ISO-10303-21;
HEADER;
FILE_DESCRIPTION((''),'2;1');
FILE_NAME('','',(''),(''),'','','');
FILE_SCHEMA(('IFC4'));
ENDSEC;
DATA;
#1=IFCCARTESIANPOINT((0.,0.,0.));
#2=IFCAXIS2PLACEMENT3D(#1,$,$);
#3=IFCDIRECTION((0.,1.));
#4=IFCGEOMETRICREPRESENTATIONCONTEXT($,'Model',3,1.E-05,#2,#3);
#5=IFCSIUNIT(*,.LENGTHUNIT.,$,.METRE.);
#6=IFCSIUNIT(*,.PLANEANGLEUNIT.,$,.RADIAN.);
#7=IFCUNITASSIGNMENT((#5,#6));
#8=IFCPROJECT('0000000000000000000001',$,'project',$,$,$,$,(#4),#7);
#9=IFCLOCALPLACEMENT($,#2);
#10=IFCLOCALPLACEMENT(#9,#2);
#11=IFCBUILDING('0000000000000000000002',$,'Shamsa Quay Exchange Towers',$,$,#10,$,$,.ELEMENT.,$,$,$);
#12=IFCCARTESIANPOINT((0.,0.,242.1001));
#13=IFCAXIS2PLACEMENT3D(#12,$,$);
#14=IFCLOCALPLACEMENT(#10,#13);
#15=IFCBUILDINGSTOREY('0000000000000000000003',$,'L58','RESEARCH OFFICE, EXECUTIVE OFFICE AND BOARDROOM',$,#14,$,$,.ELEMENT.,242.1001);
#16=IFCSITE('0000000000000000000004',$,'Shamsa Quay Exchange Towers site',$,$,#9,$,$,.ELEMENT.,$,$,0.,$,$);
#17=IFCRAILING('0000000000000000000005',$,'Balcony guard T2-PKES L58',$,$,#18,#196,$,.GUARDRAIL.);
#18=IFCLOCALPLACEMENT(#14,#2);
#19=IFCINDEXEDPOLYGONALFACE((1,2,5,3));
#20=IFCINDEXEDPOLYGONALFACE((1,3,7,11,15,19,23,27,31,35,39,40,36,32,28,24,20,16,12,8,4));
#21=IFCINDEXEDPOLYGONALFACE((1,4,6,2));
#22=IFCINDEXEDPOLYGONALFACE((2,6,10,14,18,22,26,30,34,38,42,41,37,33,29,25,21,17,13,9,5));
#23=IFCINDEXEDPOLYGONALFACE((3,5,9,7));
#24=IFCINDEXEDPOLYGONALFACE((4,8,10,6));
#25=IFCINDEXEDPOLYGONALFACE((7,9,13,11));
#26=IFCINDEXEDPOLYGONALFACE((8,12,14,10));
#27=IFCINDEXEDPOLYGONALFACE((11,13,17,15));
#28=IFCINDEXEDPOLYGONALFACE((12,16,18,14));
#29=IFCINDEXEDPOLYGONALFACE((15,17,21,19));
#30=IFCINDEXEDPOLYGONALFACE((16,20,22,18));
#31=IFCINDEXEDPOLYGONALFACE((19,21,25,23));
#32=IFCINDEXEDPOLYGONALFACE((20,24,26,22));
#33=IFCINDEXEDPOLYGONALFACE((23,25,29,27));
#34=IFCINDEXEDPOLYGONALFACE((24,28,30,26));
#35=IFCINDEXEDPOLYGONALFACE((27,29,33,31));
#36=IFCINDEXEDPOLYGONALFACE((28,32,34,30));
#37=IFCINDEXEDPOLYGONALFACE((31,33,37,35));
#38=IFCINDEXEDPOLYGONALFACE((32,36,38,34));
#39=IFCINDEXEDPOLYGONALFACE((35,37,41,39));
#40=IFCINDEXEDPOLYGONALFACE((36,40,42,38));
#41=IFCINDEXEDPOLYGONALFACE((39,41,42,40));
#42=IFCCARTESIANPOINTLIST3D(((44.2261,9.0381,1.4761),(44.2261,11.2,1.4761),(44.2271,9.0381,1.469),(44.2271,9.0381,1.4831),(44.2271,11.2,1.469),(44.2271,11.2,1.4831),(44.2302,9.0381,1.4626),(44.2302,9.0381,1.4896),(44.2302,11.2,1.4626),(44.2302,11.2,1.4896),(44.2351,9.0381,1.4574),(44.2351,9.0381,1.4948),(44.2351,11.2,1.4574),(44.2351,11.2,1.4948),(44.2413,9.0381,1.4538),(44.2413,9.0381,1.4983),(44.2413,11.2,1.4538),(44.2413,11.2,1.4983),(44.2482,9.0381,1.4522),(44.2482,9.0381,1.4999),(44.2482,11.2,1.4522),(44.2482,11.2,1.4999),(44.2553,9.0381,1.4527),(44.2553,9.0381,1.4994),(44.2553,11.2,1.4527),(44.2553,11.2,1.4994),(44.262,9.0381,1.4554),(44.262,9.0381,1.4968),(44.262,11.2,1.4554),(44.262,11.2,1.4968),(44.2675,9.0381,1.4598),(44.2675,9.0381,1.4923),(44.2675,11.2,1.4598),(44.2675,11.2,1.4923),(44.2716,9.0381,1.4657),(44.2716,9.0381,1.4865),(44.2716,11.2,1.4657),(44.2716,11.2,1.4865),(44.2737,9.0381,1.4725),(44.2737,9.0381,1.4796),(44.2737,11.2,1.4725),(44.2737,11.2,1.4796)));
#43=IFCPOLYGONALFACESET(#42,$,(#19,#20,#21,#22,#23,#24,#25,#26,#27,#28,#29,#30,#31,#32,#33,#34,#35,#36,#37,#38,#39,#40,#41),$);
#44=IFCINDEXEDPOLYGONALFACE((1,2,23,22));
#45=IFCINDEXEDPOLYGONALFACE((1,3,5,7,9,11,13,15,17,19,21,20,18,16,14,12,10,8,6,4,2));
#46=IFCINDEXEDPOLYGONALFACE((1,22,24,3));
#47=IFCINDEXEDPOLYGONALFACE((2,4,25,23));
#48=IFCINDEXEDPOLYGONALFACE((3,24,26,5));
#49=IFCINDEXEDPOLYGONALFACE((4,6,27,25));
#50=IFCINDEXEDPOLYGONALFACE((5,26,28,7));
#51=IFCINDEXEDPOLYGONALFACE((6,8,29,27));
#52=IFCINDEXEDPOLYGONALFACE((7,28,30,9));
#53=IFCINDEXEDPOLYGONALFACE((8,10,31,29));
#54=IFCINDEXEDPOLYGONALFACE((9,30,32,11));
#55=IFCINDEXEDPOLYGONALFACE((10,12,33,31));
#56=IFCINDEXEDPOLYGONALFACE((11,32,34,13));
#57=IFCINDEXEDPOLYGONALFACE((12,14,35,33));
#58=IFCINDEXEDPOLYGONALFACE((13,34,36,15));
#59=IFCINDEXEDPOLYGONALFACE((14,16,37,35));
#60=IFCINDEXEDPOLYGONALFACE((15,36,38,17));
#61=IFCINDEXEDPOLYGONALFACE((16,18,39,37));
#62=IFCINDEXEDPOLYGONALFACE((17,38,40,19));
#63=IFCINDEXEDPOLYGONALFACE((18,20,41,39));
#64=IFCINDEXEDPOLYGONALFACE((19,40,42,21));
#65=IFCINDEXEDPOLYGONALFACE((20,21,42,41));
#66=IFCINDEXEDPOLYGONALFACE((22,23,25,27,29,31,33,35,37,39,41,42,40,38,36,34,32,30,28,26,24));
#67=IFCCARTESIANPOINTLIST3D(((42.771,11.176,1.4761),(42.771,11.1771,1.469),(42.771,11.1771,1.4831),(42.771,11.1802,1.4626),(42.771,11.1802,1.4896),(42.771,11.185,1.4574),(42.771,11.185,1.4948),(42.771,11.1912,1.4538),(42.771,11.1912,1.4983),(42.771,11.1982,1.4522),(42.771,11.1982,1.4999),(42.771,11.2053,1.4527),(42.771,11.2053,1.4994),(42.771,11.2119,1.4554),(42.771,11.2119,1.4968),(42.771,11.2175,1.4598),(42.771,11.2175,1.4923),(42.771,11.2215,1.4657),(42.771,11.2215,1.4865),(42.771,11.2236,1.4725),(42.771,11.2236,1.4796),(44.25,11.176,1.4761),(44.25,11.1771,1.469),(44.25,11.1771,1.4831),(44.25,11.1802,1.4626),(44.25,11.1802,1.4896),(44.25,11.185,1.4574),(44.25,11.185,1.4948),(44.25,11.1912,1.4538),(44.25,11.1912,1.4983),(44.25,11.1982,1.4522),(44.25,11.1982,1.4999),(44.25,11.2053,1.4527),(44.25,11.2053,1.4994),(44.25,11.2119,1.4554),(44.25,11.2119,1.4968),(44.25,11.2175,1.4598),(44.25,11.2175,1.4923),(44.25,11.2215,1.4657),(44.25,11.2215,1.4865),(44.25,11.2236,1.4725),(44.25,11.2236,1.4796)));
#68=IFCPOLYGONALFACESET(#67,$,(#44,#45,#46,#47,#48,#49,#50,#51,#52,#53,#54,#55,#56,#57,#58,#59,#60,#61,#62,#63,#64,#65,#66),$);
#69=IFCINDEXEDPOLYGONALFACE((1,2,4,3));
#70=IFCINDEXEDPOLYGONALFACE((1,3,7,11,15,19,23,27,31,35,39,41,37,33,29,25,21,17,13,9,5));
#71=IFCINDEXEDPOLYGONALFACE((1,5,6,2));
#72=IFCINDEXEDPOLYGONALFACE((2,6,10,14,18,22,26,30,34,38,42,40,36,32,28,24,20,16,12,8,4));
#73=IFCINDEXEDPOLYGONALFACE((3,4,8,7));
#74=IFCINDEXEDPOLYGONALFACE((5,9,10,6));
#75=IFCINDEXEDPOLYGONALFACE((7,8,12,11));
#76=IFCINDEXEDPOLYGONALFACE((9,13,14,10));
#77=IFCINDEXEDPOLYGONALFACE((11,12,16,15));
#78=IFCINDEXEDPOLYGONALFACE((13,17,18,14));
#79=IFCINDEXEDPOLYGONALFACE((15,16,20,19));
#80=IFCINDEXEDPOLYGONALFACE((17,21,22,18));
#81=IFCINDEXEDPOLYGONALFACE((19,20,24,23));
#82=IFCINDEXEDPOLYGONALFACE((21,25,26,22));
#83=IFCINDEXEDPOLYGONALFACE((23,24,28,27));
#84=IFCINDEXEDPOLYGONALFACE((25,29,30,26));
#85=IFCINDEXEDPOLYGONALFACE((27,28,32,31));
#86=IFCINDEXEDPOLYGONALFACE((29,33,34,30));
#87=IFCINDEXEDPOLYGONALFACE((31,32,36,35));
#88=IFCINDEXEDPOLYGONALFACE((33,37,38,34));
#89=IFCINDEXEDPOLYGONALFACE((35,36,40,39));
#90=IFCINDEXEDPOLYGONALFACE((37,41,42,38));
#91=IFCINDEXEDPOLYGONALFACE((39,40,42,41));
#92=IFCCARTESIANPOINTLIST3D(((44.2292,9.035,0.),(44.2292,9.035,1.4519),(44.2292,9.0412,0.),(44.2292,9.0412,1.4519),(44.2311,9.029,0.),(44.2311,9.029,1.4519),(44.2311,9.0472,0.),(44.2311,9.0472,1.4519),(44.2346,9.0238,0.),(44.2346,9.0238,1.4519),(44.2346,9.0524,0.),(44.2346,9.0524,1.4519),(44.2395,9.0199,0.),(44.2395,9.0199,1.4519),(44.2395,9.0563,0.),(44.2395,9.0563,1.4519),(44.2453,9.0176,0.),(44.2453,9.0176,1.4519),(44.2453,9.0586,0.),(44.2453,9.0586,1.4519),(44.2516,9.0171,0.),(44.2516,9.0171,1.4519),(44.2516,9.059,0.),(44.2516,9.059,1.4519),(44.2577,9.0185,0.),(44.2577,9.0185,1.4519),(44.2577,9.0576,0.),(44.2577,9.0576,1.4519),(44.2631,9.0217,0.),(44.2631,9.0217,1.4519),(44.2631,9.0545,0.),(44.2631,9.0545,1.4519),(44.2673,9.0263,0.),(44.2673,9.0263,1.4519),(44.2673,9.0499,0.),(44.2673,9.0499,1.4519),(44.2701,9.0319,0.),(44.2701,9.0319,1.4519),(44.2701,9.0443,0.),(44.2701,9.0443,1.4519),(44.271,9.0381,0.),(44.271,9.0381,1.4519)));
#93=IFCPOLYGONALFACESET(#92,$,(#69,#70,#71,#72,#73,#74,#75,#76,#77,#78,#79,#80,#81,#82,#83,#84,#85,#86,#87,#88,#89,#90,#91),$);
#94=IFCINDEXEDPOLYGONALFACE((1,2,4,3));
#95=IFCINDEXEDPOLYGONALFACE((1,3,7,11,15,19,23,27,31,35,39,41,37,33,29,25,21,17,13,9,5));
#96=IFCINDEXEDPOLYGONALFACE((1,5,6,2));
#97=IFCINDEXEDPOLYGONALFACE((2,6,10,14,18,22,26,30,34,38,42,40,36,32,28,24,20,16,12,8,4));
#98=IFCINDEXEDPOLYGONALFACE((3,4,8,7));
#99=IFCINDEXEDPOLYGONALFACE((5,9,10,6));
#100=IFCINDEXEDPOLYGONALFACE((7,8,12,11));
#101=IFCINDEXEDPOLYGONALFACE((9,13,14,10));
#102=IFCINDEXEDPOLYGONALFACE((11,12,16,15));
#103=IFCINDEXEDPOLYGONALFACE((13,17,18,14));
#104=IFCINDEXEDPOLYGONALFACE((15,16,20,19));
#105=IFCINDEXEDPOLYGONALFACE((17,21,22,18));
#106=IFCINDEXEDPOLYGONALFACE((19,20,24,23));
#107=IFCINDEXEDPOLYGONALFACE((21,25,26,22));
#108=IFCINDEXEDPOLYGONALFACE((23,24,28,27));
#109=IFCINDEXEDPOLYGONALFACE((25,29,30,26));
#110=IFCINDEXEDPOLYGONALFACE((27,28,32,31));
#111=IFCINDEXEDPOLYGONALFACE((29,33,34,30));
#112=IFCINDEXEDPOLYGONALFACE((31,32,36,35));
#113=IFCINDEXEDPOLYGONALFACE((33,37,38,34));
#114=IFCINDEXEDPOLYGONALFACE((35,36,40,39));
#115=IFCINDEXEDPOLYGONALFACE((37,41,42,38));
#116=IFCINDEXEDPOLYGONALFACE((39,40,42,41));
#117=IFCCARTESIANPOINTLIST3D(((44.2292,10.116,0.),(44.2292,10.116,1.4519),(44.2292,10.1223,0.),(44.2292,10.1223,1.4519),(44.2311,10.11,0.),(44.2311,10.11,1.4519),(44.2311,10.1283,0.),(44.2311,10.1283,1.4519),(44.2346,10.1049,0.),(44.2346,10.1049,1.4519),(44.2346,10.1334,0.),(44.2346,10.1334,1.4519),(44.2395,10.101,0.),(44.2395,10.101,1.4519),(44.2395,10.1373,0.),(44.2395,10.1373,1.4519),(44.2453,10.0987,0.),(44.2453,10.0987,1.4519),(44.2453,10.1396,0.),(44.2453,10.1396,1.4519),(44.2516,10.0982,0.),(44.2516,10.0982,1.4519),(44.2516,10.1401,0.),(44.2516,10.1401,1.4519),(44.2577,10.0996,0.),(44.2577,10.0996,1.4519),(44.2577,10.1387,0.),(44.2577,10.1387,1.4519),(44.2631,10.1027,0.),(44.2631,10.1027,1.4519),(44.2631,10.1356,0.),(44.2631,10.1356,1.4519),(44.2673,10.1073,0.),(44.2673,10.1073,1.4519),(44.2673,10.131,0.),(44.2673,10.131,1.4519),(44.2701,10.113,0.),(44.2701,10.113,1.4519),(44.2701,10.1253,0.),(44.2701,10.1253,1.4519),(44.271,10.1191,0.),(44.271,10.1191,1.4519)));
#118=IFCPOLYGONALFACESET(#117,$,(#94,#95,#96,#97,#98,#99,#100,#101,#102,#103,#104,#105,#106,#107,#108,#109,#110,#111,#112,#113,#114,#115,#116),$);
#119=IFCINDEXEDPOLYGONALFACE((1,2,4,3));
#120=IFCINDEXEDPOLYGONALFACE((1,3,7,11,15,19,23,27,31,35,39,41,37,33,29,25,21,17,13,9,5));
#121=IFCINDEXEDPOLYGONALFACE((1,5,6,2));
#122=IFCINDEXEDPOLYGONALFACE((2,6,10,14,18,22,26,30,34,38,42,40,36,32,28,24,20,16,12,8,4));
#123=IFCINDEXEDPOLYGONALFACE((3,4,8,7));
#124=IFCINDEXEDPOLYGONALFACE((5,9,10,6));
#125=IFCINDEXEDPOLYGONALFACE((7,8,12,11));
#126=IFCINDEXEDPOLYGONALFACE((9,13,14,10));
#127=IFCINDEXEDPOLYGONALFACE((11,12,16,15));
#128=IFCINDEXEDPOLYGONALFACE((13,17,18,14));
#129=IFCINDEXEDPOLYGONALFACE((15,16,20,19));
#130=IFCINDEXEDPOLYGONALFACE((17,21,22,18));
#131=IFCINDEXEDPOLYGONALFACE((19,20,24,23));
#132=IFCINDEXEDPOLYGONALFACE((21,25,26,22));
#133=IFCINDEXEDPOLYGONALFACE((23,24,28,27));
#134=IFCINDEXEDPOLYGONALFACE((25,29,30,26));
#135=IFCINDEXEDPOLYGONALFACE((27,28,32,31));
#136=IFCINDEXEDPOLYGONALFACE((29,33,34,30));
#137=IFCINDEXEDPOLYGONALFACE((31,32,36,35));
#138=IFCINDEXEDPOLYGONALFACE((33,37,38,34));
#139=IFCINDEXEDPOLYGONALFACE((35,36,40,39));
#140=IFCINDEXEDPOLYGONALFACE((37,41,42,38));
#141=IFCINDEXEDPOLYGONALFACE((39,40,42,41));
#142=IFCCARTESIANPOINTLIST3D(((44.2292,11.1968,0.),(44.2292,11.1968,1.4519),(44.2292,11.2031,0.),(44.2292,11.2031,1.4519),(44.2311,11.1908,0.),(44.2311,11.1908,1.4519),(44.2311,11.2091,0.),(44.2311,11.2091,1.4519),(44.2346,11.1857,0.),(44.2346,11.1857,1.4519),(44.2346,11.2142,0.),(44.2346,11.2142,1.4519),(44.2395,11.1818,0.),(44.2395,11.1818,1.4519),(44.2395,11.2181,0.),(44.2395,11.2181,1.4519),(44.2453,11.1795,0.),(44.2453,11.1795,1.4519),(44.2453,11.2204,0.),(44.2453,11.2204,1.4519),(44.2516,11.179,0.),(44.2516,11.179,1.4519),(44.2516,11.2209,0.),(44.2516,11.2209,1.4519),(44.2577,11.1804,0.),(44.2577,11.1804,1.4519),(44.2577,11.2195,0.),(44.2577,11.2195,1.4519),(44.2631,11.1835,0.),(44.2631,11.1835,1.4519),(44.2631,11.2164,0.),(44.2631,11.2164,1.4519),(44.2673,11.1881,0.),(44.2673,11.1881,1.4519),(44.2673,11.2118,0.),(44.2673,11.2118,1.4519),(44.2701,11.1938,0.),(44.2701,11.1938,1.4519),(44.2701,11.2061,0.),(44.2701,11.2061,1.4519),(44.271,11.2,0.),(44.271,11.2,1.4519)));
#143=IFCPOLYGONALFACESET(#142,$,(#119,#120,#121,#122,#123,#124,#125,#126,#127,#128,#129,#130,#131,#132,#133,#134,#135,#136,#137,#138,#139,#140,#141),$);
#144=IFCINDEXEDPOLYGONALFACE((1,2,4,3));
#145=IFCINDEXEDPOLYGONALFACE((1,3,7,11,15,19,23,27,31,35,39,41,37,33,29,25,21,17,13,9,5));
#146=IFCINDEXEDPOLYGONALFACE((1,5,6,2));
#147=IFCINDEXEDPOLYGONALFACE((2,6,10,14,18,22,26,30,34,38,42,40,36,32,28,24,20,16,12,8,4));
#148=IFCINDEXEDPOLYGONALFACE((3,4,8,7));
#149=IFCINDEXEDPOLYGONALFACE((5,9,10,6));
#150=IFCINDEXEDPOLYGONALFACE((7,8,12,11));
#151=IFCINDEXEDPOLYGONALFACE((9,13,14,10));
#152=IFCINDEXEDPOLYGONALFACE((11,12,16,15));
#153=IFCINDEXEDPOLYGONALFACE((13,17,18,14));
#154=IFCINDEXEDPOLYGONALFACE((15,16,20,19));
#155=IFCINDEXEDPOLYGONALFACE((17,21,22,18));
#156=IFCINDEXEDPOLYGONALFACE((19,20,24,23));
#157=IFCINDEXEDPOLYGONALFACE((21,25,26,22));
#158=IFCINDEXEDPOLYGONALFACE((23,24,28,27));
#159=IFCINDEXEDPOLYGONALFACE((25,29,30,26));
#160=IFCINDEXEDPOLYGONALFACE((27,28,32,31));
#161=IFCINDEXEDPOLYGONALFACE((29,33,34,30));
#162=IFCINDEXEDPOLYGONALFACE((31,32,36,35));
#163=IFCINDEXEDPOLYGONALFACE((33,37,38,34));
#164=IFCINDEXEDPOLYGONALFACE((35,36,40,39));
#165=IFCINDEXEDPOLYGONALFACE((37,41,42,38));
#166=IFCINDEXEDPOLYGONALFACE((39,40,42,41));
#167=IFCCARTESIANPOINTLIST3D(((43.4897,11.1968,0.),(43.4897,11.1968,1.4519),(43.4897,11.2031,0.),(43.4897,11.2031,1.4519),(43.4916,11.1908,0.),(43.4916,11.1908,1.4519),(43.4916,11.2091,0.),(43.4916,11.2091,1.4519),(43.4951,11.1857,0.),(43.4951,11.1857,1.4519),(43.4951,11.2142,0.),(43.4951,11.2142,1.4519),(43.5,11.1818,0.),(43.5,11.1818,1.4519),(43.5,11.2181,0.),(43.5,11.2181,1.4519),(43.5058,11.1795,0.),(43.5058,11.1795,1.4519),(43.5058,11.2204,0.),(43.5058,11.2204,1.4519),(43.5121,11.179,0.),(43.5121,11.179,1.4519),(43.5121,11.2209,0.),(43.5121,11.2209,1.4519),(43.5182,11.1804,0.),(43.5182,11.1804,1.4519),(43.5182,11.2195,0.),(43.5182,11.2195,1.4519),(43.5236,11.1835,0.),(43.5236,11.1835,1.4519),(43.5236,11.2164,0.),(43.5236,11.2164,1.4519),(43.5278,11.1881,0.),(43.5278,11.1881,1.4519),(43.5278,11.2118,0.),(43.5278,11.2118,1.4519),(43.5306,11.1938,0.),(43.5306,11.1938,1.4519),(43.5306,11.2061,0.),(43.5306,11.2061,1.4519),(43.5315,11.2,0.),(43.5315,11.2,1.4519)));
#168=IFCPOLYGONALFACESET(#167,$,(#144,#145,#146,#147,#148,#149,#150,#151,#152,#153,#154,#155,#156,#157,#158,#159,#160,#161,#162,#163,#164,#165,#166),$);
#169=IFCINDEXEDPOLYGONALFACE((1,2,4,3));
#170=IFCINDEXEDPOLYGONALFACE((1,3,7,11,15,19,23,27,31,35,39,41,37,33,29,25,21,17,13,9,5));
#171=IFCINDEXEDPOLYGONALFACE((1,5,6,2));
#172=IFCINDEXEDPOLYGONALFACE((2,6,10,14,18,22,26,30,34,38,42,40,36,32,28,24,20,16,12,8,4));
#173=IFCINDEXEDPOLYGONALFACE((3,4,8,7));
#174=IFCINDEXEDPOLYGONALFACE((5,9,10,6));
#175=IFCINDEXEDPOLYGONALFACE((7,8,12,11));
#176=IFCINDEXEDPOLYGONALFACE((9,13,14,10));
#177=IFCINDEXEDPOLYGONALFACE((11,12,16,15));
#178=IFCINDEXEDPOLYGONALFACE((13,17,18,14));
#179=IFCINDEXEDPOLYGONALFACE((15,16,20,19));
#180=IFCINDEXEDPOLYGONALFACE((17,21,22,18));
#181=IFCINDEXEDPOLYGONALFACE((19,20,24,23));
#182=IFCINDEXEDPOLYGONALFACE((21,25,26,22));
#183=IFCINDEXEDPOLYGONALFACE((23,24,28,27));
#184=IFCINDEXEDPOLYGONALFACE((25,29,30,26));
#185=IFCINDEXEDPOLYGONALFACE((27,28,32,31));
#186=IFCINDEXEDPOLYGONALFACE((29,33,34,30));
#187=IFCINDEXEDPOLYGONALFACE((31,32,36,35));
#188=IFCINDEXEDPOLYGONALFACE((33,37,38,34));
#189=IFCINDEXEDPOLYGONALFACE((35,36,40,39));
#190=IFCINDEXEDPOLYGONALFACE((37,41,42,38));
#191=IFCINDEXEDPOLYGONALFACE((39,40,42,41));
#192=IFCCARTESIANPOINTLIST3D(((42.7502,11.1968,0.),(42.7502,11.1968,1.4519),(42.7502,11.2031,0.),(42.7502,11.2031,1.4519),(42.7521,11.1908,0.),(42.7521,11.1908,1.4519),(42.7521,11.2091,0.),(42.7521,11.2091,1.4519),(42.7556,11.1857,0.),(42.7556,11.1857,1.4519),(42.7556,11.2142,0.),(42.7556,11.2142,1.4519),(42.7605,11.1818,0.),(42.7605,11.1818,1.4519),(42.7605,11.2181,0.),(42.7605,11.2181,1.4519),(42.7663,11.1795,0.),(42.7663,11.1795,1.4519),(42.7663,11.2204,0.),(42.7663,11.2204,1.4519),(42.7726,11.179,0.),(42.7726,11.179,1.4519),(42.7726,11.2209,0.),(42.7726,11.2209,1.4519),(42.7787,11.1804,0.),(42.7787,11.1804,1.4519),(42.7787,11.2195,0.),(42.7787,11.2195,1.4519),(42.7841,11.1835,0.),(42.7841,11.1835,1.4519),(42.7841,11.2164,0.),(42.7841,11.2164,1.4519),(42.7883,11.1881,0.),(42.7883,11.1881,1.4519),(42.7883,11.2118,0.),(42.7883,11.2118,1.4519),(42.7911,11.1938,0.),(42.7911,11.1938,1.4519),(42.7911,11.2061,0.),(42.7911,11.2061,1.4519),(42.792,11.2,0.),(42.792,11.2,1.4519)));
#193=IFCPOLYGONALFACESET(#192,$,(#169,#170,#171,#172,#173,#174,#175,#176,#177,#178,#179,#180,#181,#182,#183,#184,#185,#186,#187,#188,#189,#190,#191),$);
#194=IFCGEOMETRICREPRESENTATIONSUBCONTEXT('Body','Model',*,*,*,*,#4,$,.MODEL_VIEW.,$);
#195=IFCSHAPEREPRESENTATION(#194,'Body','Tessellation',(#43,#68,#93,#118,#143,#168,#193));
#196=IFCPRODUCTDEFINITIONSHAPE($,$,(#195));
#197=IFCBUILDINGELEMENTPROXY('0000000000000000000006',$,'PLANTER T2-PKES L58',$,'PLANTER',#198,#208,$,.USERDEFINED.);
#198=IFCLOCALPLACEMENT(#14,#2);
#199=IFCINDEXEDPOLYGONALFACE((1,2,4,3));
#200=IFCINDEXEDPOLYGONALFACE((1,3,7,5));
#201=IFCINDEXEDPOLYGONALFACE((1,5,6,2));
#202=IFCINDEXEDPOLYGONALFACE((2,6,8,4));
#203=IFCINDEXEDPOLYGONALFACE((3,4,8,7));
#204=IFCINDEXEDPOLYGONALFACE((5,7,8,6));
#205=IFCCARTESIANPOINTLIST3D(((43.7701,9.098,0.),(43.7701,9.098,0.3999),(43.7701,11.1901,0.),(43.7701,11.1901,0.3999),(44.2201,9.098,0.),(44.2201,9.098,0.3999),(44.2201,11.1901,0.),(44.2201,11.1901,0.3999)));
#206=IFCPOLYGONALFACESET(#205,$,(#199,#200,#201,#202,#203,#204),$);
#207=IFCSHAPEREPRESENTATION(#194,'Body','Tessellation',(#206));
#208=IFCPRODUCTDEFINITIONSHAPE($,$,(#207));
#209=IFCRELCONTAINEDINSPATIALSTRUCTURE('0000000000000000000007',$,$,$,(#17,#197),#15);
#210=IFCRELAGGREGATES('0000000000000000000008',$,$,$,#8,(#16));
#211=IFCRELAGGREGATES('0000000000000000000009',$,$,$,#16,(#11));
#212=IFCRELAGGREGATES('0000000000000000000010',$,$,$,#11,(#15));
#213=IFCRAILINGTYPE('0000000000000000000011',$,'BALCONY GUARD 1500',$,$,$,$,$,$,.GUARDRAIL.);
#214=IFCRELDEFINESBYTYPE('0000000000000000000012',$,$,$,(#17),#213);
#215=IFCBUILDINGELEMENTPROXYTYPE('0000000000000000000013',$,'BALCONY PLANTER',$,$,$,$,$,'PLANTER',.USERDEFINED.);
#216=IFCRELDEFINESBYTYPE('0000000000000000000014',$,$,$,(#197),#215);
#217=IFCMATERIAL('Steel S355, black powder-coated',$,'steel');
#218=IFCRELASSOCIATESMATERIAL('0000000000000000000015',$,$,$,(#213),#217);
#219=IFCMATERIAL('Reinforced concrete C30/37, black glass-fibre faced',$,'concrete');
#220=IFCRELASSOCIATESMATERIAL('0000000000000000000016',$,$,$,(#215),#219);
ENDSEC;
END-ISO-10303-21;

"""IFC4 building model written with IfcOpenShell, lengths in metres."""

from ifc_helpers import new_model, si_unit, direction, frame, origin, origin_2d, place, context, subcontext, project, spatial, rectangle, circle, extrude, material, type_object, element, save


model = new_model("IFC4")

# Units and contexts
model_context = context("Model", 3, precision=1e-05, world=origin(), true_north=direction((0.0, 1.0)))
body_context = subcontext(model_context, "Body", "Model", "MODEL_VIEW")
ifc_project = project(units=[si_unit("LENGTHUNIT", "METRE"), si_unit("PLANEANGLEUNIT", "RADIAN")], contexts=[model_context])

# Site, building, storey
site_placement = place(None, origin())
site = spatial("IfcSite", under=ifc_project, at=site_placement, Name="Shamsa Quay Exchange Towers site", CompositionType="ELEMENT", RefElevation=0.0)
building_placement = place(site_placement, origin())
building = spatial("IfcBuilding", under=site, at=building_placement, Name="Shamsa Quay Exchange Towers", CompositionType="ELEMENT")
storey_placement = place(building_placement, frame((0.0, 0.0, 242.1001)))
storey = spatial("IfcBuildingStorey", under=building, at=storey_placement, Name="L58", Description="RESEARCH OFFICE, EXECUTIVE OFFICE AND BOARDROOM", CompositionType="ELEMENT", Elevation=242.1001)

# Railing
ifc_material_1 = material(Name="Steel S355, black powder-coated", Category="steel")
railing_type = type_object("IfcRailingType", Name="BALCONY GUARD 1500", PredefinedType="GUARDRAIL", material=ifc_material_1)
railing_placement = place(storey_placement, frame((44.25, 9.0381, 0.0)))
element("IfcRailing", 1, at=railing_placement, inside=storey, type_object=railing_type, Name="Balcony guard T2-PKES L58", PredefinedType="GUARDRAIL", context=body_context, shape_type="SweptSolid", body=[
    extrude(circle(Radius=0.0239, at=origin_2d()), frame((0.0, 0.0, 1.4761), z_axis=(0.0, 1.0, 0.0), x_axis=(-1.0, 0.0, 0.0)), (0.0, 0.0, 1.0), 2.1619),
    extrude(circle(Radius=0.0239, at=origin_2d()), frame((0.0, 2.1619, 1.4761), z_axis=(-1.0, 0.0, 0.0), x_axis=(0.0, -1.0, 0.0)), (0.0, 0.0, 1.0), 1.479),
    extrude(circle(Radius=0.021, at=origin_2d()), origin(), (0.0, 0.0, 1.0), 1.4519),
    extrude(circle(Radius=0.021, at=origin_2d()), frame((0.0, 1.0811, 0.0)), (0.0, 0.0, 1.0), 1.4519),
    extrude(circle(Radius=0.021, at=origin_2d()), frame((0.0, 2.1619, 0.0)), (0.0, 0.0, 1.0), 1.4519),
    extrude(circle(Radius=0.021, at=origin_2d()), frame((-0.7395, 2.1619, 0.0)), (0.0, 0.0, 1.0), 1.4519),
    extrude(circle(Radius=0.021, at=origin_2d()), frame((-1.479, 2.1619, 0.0)), (0.0, 0.0, 1.0), 1.4519),
])

# Building element proxy
ifc_material_2 = material(Name="Reinforced concrete C30/37, black glass-fibre faced", Category="concrete")
building_element_proxy_type = type_object("IfcBuildingElementProxyType", Name="BALCONY PLANTER", ElementType="PLANTER", PredefinedType="USERDEFINED", material=ifc_material_2)
proxy_placement = place(storey_placement, frame((43.9951, 10.144, 0.0), z_axis=(0.0, 0.0, 1.0), x_axis=(0.0, 1.0, 0.0)))
element("IfcBuildingElementProxy", 2, at=proxy_placement, inside=storey, type_object=building_element_proxy_type, Name="PLANTER T2-PKES L58", ObjectType="PLANTER", PredefinedType="USERDEFINED", context=body_context, shape_type="SweptSolid", body=[
    extrude(rectangle(XDim=2.092, YDim=0.45, at=origin_2d()), origin(), (0.0, 0.0, 1.0), 0.3999),
])

save(model, "model.ifc")
